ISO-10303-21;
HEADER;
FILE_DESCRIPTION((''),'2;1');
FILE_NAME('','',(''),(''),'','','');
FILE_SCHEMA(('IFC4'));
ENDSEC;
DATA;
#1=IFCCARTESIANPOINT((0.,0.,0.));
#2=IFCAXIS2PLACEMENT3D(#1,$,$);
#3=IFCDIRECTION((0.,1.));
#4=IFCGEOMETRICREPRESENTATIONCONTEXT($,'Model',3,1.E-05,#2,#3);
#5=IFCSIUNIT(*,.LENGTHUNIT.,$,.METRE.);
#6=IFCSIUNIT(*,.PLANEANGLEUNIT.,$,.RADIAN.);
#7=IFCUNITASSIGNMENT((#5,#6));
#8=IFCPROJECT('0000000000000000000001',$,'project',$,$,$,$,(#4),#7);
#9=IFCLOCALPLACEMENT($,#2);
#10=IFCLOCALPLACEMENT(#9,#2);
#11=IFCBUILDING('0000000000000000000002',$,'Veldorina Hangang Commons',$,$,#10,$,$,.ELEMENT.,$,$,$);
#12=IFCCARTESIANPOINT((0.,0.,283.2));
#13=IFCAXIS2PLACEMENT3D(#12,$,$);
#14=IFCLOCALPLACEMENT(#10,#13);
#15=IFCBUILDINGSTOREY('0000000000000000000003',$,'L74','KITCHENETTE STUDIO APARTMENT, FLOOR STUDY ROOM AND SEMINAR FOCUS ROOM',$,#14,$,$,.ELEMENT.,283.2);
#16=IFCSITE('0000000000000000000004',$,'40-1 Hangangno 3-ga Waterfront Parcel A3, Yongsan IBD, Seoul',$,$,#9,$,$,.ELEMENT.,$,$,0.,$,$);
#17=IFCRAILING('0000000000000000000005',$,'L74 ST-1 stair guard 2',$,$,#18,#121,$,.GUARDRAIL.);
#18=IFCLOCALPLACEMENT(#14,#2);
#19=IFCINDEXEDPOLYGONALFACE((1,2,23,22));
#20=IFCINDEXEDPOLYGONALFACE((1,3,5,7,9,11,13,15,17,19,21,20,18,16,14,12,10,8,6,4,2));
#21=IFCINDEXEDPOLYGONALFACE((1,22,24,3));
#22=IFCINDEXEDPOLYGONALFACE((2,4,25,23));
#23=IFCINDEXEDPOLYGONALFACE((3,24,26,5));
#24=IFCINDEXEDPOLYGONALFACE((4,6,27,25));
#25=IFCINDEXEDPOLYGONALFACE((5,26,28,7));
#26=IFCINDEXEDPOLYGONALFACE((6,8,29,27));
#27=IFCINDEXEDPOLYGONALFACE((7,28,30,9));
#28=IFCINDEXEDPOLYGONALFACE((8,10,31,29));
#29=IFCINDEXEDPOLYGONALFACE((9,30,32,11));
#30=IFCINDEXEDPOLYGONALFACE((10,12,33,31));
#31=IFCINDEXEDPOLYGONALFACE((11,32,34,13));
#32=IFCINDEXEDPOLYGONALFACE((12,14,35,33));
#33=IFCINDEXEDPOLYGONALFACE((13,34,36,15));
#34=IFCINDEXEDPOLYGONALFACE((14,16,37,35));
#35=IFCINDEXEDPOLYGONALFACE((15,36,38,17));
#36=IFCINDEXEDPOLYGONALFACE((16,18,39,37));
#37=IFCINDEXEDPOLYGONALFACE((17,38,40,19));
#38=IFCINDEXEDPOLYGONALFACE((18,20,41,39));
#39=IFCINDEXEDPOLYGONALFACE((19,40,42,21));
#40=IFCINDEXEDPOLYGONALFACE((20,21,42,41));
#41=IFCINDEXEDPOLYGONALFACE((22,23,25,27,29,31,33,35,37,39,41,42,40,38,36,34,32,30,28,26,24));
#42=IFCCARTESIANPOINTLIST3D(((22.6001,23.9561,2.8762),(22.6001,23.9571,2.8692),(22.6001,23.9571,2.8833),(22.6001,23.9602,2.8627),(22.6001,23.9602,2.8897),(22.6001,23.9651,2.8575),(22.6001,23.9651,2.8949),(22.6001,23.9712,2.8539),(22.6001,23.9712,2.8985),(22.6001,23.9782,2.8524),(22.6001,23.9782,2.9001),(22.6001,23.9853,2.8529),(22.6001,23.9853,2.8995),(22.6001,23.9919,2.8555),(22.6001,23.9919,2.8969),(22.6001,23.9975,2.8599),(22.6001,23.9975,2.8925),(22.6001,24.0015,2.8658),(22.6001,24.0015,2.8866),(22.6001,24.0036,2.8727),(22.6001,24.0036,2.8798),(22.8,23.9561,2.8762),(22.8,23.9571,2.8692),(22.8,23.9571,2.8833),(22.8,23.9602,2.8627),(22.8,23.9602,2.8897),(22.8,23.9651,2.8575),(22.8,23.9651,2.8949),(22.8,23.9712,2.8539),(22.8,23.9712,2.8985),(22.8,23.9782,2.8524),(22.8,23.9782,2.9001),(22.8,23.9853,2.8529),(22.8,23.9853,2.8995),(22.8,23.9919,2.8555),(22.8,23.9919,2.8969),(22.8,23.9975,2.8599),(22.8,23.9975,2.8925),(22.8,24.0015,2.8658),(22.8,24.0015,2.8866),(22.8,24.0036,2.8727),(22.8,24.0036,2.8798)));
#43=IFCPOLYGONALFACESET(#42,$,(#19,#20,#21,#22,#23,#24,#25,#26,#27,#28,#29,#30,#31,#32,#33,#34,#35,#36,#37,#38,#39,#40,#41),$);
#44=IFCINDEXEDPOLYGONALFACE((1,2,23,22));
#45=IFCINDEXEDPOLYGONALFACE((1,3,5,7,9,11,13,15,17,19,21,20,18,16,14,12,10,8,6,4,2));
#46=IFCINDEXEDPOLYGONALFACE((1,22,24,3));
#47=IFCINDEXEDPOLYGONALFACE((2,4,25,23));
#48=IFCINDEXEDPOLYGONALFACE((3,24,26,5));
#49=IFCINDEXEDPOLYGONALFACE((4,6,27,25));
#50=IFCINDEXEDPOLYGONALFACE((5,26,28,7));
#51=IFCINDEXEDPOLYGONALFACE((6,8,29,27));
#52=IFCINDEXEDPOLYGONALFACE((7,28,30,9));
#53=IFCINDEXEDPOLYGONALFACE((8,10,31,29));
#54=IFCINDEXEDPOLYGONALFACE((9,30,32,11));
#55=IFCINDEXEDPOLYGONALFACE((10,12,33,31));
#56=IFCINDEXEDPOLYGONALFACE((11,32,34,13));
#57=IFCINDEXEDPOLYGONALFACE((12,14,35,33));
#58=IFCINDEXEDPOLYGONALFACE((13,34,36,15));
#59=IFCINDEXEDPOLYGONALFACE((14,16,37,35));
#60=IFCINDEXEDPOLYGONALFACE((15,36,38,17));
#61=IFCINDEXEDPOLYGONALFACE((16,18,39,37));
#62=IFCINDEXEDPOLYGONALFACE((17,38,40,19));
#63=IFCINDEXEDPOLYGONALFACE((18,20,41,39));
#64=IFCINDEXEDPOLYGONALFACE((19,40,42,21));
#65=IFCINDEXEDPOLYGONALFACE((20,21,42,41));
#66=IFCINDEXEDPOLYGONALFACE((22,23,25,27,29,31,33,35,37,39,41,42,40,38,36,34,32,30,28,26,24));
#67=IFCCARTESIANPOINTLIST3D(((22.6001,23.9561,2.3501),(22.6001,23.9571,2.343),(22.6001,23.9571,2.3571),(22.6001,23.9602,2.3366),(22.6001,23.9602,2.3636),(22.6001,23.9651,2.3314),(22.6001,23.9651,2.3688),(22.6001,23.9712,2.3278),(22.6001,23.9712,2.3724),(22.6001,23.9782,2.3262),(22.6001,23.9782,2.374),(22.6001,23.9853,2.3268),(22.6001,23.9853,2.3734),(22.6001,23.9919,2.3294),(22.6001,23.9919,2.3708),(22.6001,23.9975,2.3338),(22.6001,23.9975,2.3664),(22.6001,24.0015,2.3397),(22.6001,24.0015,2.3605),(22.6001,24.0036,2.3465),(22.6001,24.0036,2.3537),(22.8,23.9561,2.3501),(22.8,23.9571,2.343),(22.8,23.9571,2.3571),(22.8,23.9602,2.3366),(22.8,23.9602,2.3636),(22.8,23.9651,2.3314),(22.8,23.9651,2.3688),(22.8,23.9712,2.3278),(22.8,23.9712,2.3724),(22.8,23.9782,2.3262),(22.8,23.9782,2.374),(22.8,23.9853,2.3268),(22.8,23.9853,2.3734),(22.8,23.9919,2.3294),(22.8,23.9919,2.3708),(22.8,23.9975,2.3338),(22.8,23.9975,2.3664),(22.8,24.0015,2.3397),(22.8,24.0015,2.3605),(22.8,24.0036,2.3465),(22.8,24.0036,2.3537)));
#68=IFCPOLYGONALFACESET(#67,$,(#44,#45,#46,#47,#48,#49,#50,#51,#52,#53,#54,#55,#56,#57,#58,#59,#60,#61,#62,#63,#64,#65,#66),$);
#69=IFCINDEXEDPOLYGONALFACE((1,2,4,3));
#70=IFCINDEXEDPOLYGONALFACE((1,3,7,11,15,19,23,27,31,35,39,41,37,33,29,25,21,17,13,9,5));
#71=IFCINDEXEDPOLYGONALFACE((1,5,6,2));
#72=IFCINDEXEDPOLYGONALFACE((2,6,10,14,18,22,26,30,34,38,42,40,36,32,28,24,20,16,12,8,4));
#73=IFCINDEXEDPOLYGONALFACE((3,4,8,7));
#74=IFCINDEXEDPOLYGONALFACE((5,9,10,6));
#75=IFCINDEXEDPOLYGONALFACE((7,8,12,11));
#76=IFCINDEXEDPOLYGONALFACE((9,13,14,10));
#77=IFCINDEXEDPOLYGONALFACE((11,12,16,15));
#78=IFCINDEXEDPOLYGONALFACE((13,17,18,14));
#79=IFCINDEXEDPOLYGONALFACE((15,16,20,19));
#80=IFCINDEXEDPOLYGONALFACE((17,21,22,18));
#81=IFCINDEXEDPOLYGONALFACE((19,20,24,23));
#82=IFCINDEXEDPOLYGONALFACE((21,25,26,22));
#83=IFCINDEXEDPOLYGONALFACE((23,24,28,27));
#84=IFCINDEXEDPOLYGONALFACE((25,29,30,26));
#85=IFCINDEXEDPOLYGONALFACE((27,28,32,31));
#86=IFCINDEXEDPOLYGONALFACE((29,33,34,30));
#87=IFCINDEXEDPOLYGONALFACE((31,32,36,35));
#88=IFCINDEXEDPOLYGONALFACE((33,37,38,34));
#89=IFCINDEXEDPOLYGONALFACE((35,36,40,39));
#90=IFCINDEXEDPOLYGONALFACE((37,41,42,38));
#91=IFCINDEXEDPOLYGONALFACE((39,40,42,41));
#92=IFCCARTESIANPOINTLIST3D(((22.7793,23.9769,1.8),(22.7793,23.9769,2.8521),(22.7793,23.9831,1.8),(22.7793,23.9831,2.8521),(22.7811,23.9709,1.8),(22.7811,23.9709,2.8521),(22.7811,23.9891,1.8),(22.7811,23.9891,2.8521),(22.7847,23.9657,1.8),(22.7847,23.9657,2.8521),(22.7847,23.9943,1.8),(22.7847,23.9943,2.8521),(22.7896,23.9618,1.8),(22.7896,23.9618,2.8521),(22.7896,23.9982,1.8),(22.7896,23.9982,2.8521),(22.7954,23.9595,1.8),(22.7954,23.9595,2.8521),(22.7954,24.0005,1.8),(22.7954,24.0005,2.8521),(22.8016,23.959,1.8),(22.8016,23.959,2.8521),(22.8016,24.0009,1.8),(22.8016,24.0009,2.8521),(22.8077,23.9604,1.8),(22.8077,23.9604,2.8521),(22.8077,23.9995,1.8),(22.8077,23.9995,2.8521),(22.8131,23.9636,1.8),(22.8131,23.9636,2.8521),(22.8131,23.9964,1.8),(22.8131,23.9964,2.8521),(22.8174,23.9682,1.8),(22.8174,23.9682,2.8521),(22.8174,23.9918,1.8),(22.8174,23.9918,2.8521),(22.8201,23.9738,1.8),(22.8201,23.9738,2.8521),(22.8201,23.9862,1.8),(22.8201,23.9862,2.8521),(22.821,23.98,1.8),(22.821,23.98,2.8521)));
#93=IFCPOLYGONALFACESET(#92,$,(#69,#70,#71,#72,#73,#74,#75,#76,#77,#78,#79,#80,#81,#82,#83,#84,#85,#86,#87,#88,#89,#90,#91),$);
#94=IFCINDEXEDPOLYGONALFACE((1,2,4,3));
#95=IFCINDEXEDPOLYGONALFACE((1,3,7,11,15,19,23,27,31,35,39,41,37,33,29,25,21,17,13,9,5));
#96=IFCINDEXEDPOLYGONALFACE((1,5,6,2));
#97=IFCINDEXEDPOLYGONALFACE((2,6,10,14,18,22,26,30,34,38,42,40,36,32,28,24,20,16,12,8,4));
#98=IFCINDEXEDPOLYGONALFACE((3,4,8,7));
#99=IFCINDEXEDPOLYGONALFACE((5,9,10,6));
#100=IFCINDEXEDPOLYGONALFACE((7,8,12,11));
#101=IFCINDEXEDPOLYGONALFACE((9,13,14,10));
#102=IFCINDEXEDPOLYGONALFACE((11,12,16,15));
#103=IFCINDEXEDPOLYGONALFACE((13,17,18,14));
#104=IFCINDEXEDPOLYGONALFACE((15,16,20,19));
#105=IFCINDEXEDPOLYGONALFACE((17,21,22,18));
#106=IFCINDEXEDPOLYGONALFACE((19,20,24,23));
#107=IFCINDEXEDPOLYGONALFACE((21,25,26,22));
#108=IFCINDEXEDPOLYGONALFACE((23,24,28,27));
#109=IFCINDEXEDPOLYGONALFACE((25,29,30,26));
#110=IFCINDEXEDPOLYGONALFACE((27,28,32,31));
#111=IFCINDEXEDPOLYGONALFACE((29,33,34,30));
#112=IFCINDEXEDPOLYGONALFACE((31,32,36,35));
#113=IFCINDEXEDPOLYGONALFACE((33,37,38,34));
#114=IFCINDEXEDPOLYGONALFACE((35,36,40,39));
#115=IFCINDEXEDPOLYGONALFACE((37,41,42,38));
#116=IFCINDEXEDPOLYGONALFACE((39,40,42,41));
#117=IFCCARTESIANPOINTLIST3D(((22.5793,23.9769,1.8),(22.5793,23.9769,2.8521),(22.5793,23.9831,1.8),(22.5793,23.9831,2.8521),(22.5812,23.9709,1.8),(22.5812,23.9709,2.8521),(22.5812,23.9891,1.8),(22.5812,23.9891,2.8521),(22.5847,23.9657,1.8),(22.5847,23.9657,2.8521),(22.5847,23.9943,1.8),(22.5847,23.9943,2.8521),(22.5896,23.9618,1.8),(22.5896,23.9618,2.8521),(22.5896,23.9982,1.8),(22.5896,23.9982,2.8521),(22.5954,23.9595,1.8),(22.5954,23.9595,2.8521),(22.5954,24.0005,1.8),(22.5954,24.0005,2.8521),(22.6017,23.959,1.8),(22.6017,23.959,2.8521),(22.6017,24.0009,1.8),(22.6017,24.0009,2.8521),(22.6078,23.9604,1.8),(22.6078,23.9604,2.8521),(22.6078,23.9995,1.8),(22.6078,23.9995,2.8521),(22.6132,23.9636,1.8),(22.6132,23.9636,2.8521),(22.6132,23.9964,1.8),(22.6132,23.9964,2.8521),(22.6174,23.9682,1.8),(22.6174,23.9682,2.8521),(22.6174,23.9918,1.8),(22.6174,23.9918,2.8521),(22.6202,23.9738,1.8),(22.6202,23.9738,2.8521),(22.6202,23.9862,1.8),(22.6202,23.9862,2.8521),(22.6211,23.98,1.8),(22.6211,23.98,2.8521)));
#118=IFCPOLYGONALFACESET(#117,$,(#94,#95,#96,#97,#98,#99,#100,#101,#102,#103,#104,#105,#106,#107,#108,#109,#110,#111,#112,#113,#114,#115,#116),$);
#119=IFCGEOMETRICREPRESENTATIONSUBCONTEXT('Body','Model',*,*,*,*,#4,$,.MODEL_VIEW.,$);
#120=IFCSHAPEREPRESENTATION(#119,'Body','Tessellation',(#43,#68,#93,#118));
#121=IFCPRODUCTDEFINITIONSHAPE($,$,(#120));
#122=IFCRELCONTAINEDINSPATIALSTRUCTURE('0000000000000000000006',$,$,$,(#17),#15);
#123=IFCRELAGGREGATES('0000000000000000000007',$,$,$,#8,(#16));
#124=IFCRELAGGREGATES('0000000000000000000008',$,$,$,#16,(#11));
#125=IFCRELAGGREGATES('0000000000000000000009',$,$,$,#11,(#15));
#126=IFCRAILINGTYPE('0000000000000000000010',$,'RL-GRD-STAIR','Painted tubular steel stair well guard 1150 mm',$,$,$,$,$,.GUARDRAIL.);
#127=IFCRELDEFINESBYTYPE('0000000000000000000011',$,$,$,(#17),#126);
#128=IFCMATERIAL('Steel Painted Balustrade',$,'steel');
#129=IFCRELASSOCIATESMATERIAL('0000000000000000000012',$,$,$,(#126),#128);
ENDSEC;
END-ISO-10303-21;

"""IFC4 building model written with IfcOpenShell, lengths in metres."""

from ifc_helpers import new_model, si_unit, direction, frame, origin, origin_2d, place, context, subcontext, project, spatial, circle, extrude, material, type_object, element, save


model = new_model("IFC4")

# Units and contexts
model_context = context("Model", 3, precision=1e-05, world=origin(), true_north=direction((0.0, 1.0)))
body_context = subcontext(model_context, "Body", "Model", "MODEL_VIEW")
ifc_project = project(units=[si_unit("LENGTHUNIT", "METRE"), si_unit("PLANEANGLEUNIT", "RADIAN")], contexts=[model_context])

# Site, building, storey
site_placement = place(None, origin())
site = spatial("IfcSite", under=ifc_project, at=site_placement, Name="40-1 Hangangno 3-ga Waterfront Parcel A3, Yongsan IBD, Seoul", CompositionType="ELEMENT", RefElevation=0.0)
building_placement = place(site_placement, origin())
building = spatial("IfcBuilding", under=site, at=building_placement, Name="Veldorina Hangang Commons", CompositionType="ELEMENT")
storey_placement = place(building_placement, frame((0.0, 0.0, 283.2)))
storey = spatial("IfcBuildingStorey", under=building, at=storey_placement, Name="L74", Description="KITCHENETTE STUDIO APARTMENT, FLOOR STUDY ROOM AND SEMINAR FOCUS ROOM", CompositionType="ELEMENT", Elevation=283.2)

# Railing
ifc_material_1 = material(Name="Steel Painted Balustrade", Category="steel")
railing_type = type_object("IfcRailingType", Name="RL-GRD-STAIR", Description="Painted tubular steel stair well guard 1150 mm", PredefinedType="GUARDRAIL", material=ifc_material_1)
railing_1_placement = place(storey_placement, frame((22.8, 23.98, 1.8)))
element("IfcRailing", 1, at=railing_1_placement, inside=storey, type_object=railing_type, Name="L74 ST-1 stair guard 2", PredefinedType="GUARDRAIL", context=body_context, shape_type="SweptSolid", body=[
    extrude(circle(Radius=0.0239, at=origin_2d()), frame((0.0, 0.0, 1.0762), z_axis=(-1.0, 0.0, 0.0), x_axis=(0.0, -1.0, 0.0)), (0.0, 0.0, 1.0), 0.2),
    extrude(circle(Radius=0.0239, at=origin_2d()), frame((0.0, 0.0, 0.55), z_axis=(-1.0, 0.0, 0.0), x_axis=(0.0, -1.0, 0.0)), (0.0, 0.0, 1.0), 0.2),
    extrude(circle(Radius=0.021, at=origin_2d()), origin(), (0.0, 0.0, 1.0), 1.052),
    extrude(circle(Radius=0.021, at=origin_2d()), frame((-0.2, 0.0, 0.0)), (0.0, 0.0, 1.0), 1.052),
])

save(model, "model.ifc")
